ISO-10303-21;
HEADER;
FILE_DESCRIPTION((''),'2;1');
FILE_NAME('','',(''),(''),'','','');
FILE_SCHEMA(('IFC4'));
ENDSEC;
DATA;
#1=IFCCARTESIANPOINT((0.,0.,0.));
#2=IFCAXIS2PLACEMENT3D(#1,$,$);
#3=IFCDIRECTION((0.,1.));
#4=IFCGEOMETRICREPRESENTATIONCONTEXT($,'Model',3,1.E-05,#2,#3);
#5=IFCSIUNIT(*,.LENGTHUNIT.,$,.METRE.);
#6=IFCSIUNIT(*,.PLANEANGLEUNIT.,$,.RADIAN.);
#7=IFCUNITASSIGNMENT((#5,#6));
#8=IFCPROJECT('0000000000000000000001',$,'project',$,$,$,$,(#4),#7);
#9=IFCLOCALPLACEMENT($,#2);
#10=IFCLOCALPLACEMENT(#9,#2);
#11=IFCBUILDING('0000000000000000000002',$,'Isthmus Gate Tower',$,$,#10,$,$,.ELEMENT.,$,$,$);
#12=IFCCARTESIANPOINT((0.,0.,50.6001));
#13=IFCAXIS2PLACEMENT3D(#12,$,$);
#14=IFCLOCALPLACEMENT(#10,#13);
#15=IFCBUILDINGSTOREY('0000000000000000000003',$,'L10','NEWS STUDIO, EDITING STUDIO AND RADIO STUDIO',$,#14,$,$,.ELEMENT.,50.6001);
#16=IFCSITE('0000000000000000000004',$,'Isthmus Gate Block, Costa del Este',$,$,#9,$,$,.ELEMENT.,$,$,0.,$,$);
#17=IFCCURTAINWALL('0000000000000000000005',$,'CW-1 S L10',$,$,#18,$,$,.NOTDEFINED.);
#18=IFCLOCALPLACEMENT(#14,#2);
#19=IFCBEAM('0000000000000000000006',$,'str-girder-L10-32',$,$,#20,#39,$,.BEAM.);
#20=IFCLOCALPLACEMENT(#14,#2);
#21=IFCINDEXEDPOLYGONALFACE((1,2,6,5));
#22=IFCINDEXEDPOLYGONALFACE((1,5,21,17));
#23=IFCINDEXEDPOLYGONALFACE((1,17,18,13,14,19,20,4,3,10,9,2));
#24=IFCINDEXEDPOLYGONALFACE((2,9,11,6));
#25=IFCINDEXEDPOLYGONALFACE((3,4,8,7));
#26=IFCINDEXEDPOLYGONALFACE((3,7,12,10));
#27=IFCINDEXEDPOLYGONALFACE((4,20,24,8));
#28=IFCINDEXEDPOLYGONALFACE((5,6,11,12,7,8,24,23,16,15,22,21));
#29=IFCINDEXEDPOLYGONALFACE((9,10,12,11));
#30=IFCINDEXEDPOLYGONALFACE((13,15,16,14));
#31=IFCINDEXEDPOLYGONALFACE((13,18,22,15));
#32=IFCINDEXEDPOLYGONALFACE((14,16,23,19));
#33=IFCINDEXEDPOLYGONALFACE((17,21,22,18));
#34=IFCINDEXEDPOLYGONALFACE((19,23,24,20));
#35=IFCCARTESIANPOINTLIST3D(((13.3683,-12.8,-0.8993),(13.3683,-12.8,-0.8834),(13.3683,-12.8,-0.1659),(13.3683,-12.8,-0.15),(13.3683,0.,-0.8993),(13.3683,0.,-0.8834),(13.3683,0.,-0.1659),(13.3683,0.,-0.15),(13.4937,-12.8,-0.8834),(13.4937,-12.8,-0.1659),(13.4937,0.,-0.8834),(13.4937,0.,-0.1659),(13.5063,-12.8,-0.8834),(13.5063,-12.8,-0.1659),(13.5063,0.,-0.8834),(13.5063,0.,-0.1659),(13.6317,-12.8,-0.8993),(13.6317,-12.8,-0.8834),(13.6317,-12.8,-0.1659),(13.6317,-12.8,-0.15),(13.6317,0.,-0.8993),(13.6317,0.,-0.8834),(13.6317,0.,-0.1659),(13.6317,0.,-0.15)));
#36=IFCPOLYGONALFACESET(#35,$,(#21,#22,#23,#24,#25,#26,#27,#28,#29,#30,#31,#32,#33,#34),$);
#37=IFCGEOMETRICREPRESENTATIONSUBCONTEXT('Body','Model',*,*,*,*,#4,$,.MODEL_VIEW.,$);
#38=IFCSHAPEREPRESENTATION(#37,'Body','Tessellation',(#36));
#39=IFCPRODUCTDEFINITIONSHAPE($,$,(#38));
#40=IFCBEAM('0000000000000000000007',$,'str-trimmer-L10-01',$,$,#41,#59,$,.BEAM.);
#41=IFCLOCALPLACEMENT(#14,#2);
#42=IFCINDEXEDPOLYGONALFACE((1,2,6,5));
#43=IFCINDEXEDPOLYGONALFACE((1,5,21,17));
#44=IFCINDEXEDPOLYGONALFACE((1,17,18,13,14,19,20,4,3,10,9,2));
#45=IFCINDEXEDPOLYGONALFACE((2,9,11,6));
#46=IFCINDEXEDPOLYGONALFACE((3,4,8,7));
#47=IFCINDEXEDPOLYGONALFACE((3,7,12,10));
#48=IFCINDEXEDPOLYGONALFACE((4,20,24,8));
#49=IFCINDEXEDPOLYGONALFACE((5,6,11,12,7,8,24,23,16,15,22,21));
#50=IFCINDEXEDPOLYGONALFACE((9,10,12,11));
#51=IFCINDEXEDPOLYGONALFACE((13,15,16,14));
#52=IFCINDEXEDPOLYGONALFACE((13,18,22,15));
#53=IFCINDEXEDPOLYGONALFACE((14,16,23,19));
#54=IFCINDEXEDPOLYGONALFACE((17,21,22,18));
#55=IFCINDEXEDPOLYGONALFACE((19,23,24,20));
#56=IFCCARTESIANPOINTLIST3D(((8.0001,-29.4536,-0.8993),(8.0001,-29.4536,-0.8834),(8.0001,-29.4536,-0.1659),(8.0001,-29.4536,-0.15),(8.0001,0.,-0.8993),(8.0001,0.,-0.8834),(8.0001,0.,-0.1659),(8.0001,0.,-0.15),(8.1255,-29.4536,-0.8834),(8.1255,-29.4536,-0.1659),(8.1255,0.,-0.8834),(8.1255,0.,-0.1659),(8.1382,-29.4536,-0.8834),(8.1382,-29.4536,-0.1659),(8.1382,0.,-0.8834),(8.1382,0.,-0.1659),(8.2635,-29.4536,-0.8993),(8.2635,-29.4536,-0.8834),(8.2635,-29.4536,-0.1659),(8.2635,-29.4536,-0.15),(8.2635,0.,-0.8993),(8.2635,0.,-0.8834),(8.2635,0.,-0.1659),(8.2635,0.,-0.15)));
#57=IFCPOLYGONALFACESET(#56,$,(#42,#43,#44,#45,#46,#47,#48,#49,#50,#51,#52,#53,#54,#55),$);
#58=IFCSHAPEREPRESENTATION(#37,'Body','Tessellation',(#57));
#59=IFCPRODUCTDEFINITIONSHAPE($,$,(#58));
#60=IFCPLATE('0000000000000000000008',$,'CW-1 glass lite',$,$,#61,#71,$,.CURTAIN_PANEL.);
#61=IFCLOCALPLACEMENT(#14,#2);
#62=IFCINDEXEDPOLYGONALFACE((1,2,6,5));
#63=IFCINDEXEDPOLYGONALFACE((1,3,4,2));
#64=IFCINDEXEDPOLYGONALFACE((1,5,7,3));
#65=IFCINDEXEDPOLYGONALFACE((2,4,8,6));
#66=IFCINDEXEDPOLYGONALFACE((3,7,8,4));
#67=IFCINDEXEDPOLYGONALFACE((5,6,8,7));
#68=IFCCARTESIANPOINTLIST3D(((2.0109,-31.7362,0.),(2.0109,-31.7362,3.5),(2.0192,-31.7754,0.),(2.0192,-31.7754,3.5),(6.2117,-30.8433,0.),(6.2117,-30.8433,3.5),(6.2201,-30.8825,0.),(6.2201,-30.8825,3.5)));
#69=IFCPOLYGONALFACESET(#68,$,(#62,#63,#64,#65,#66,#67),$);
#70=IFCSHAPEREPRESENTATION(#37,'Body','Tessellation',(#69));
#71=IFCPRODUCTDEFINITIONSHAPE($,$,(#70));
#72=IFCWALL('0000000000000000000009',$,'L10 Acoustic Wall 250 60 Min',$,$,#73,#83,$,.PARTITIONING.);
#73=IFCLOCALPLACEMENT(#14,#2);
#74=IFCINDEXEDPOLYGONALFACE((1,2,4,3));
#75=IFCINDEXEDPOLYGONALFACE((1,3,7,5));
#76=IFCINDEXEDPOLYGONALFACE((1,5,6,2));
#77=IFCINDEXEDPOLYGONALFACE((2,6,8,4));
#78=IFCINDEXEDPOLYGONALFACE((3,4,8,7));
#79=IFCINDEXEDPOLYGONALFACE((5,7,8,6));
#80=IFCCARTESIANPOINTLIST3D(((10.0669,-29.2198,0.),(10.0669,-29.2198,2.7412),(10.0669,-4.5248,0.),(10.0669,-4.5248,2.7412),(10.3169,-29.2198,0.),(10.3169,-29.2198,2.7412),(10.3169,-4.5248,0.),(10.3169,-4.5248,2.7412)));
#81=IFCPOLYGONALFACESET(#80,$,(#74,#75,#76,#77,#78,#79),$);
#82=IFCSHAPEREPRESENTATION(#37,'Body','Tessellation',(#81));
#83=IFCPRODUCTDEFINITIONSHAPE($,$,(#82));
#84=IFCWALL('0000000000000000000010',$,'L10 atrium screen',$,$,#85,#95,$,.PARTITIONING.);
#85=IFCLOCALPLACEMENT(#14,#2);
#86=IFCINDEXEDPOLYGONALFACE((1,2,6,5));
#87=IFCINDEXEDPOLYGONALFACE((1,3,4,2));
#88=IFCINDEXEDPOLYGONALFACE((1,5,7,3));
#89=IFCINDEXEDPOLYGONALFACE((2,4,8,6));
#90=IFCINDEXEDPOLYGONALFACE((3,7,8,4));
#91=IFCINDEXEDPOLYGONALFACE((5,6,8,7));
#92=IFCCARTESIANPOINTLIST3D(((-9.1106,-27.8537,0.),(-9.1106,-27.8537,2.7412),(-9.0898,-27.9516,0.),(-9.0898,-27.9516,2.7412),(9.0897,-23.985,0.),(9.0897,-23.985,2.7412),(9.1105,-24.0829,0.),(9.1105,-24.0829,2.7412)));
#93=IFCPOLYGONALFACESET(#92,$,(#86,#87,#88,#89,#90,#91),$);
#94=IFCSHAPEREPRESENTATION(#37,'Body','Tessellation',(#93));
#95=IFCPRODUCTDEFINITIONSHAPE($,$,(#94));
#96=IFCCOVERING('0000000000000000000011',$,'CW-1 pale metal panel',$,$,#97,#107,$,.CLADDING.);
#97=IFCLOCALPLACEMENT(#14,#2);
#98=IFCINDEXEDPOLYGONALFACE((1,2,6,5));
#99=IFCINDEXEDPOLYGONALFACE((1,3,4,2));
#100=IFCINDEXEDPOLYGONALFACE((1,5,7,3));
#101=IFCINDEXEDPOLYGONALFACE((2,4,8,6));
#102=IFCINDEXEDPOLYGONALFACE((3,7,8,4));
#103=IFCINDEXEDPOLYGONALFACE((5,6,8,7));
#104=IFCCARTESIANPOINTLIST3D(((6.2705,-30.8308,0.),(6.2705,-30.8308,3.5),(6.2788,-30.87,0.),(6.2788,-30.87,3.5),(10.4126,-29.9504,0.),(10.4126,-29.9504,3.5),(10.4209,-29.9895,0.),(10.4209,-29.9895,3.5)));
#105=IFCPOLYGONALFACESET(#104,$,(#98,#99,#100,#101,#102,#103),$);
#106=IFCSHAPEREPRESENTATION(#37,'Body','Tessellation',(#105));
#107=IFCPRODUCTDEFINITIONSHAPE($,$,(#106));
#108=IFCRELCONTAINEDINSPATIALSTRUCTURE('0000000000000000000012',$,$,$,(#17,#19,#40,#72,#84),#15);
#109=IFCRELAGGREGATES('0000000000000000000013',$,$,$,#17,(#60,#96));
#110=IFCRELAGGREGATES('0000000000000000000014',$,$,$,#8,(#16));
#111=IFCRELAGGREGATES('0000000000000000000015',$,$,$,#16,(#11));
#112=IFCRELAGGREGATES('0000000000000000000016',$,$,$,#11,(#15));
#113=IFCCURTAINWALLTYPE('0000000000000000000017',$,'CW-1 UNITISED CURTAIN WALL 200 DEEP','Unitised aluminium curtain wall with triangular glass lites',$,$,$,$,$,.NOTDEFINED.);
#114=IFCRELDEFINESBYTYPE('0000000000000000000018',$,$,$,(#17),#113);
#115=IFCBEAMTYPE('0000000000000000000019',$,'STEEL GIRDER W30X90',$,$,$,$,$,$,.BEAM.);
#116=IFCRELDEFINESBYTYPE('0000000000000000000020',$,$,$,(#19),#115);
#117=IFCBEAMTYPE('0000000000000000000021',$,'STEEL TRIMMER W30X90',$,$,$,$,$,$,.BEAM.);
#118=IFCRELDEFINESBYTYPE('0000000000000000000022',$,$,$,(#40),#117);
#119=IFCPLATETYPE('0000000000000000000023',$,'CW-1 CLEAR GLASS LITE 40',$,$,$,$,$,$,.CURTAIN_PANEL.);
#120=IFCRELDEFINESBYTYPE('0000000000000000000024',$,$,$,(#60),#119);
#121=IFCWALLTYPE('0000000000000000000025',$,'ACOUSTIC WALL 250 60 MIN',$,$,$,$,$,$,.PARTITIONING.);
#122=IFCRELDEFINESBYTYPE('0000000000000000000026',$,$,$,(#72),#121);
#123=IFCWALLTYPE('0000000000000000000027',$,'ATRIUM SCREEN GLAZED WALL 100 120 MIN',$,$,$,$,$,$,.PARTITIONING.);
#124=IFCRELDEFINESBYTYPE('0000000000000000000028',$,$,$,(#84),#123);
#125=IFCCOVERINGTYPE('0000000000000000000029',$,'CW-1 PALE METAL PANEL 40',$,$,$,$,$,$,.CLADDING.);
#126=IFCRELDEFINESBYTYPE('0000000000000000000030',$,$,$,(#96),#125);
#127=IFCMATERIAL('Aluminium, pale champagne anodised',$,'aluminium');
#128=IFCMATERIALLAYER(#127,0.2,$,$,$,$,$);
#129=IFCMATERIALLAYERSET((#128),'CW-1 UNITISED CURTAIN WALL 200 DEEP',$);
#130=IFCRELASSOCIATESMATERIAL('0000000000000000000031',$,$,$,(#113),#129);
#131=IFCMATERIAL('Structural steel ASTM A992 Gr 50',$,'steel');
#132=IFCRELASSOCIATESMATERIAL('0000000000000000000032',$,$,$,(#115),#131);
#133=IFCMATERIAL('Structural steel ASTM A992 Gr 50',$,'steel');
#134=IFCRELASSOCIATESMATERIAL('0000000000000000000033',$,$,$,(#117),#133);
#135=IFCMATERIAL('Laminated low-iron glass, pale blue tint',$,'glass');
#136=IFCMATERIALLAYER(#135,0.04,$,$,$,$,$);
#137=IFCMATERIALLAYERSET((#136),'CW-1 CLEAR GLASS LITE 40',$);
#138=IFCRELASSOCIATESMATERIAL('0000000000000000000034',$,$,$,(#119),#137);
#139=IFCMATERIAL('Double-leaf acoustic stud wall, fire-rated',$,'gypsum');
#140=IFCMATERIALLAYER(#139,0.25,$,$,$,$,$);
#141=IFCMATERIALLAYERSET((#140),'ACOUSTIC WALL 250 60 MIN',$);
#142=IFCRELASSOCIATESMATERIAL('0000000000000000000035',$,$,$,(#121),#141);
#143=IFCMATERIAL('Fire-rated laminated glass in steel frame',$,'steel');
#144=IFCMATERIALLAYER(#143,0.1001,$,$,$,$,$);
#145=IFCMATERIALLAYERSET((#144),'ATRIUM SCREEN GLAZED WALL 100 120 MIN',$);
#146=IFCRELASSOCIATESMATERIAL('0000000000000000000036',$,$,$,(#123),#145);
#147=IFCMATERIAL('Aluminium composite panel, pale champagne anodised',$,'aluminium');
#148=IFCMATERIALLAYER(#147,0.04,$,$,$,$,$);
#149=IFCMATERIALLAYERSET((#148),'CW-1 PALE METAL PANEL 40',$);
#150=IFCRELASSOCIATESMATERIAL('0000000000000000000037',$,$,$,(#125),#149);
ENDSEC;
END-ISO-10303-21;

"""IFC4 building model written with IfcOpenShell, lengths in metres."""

from ifc_helpers import new_model, si_unit, direction, frame, frame_2d, origin, origin_2d, place, context, subcontext, project, spatial, rectangle, i_section, extrude, material, layer, layer_set, material_profile, profile_set, type_object, element, aggregate, save


model = new_model("IFC4")

# Units and contexts
model_context = context("Model", 3, precision=1e-05, world=origin(), true_north=direction((0.0, 1.0)))
body_context = subcontext(model_context, "Body", "Model", "MODEL_VIEW")
ifc_project = project(units=[si_unit("LENGTHUNIT", "METRE"), si_unit("PLANEANGLEUNIT", "RADIAN")], contexts=[model_context])

# Site, building, storey
site_placement = place(None, origin())
site = spatial("IfcSite", under=ifc_project, at=site_placement, Name="Isthmus Gate Block, Costa del Este", CompositionType="ELEMENT", RefElevation=0.0)
building_placement = place(site_placement, origin())
building = spatial("IfcBuilding", under=site, at=building_placement, Name="Isthmus Gate Tower", CompositionType="ELEMENT")
storey_placement = place(building_placement, frame((0.0, 0.0, 50.6001)))
storey = spatial("IfcBuildingStorey", under=building, at=storey_placement, Name="L10", Description="NEWS STUDIO, EDITING STUDIO AND RADIO STUDIO", CompositionType="ELEMENT", Elevation=50.6001)

# Curtain wall
ifc_material_1 = material(Name="Aluminium, pale champagne anodised", Category="aluminium")
ifc_layer_1 = layer(ifc_material_1, 0.2)
ifc_layer_set_1 = layer_set([ifc_layer_1], Name="CW-1 UNITISED CURTAIN WALL 200 DEEP")
curtain_wall_type = type_object("IfcCurtainWallType", Name="CW-1 UNITISED CURTAIN WALL 200 DEEP", Description="Unitised aluminium curtain wall with triangular glass lites", PredefinedType="NOTDEFINED", material=ifc_layer_set_1)
curtain_wall_placement = place(storey_placement, origin())
curtain_wall = element("IfcCurtainWall", 1, at=curtain_wall_placement, inside=storey, type_object=curtain_wall_type, Name="CW-1 S L10", PredefinedType="NOTDEFINED")

# Beams
ifc_material_2 = material(Name="Structural steel ASTM A992 Gr 50", Category="steel")
ifc_material_profile_1 = material_profile(ifc_material_2, i_section(OverallWidth=0.2634, OverallDepth=0.7493, WebThickness=0.0127, FlangeThickness=0.0159, at=origin_2d()), Name="W30X90")
ifc_profile_set_1 = profile_set([ifc_material_profile_1], Name="Structural steel ASTM A992 Gr 50")
beam_type_1 = type_object("IfcBeamType", Name="STEEL GIRDER W30X90", PredefinedType="BEAM", material=ifc_profile_set_1)
beam_1_placement = place(storey_placement, frame((13.5, -12.8, -0.5247), z_axis=(0.0, 1.0, 0.0), x_axis=(-1.0, 0.0, 0.0)))
element("IfcBeam", 2, at=beam_1_placement, inside=storey, type_object=beam_type_1, Name="str-girder-L10-32", PredefinedType="BEAM", context=body_context, shape_type="SweptSolid", body=[
    extrude(i_section(OverallWidth=0.2634, OverallDepth=0.7493, WebThickness=0.0127, FlangeThickness=0.0159, at=origin_2d()), origin(), (0.0, 0.0, 1.0), 12.8),
])
ifc_material_3 = material(Name="Structural steel ASTM A992 Gr 50", Category="steel")
ifc_material_profile_2 = material_profile(ifc_material_3, i_section(OverallWidth=0.2634, OverallDepth=0.7493, WebThickness=0.0127, FlangeThickness=0.0159, at=origin_2d()), Name="W30X90")
ifc_profile_set_2 = profile_set([ifc_material_profile_2], Name="Structural steel ASTM A992 Gr 50")
beam_type_2 = type_object("IfcBeamType", Name="STEEL TRIMMER W30X90", PredefinedType="BEAM", material=ifc_profile_set_2)
beam_2_placement = place(storey_placement, frame((8.1318, -29.4536, -0.5247), z_axis=(0.0, 1.0, 0.0), x_axis=(-1.0, 0.0, 0.0)))
element("IfcBeam", 3, at=beam_2_placement, inside=storey, type_object=beam_type_2, Name="str-trimmer-L10-01", PredefinedType="BEAM", context=body_context, shape_type="SweptSolid", body=[
    extrude(i_section(OverallWidth=0.2634, OverallDepth=0.7493, WebThickness=0.0127, FlangeThickness=0.0159, at=origin_2d()), origin(), (0.0, 0.0, 1.0), 29.4536),
])

# Plate
ifc_material_4 = material(Name="Laminated low-iron glass, pale blue tint", Category="glass")
ifc_layer_2 = layer(ifc_material_4, 0.04)
ifc_layer_set_2 = layer_set([ifc_layer_2], Name="CW-1 CLEAR GLASS LITE 40")
plate_type = type_object("IfcPlateType", Name="CW-1 CLEAR GLASS LITE 40", PredefinedType="CURTAIN_PANEL", material=ifc_layer_set_2)
plate_placement = place(storey_placement, frame((4.1155, -31.3093, 0.0), z_axis=(0.0, 0.0, 1.0), x_axis=(0.978148, 0.207912, 0.0)))
plate = element("IfcPlate", 4, at=plate_placement, type_object=plate_type, Name="CW-1 glass lite", PredefinedType="CURTAIN_PANEL", context=body_context, shape_type="SweptSolid", body=[
    extrude(rectangle(XDim=4.2947, YDim=0.04, at=origin_2d()), origin(), (0.0, 0.0, 1.0), 3.5),
])

# Walls
ifc_material_5 = material(Name="Double-leaf acoustic stud wall, fire-rated", Category="gypsum")
ifc_layer_3 = layer(ifc_material_5, 0.25)
ifc_layer_set_3 = layer_set([ifc_layer_3], Name="ACOUSTIC WALL 250 60 MIN")
wall_type_1 = type_object("IfcWallType", Name="ACOUSTIC WALL 250 60 MIN", PredefinedType="PARTITIONING", material=ifc_layer_set_3)
wall_1_placement = place(storey_placement, frame((10.1919, -29.22, 0.0), z_axis=(0.0, 0.0, 1.0), x_axis=(0.0, 1.0, 0.0)))
element("IfcWall", 5, at=wall_1_placement, inside=storey, type_object=wall_type_1, Name="L10 Acoustic Wall 250 60 Min", PredefinedType="PARTITIONING", context=body_context, shape_type="SweptSolid", body=[
    extrude(rectangle(XDim=24.6951, YDim=0.25, at=frame_2d((12.3477, 0.0))), origin(), (0.0, 0.0, 1.0), 2.7412),
])
ifc_material_6 = material(Name="Fire-rated laminated glass in steel frame", Category="steel")
ifc_layer_4 = layer(ifc_material_6, 0.1001)
ifc_layer_set_4 = layer_set([ifc_layer_4], Name="ATRIUM SCREEN GLAZED WALL 100 120 MIN")
wall_type_2 = type_object("IfcWallType", Name="ATRIUM SCREEN GLAZED WALL 100 120 MIN", PredefinedType="PARTITIONING", material=ifc_layer_set_4)
wall_2_placement = place(storey_placement, frame((9.1001, -24.0339, 0.0), z_axis=(0.0, 0.0, 1.0), x_axis=(-0.978147, -0.207916, 0.0)))
element("IfcWall", 6, at=wall_2_placement, inside=storey, type_object=wall_type_2, Name="L10 atrium screen", PredefinedType="PARTITIONING", context=body_context, shape_type="SweptSolid", body=[
    extrude(rectangle(XDim=18.6069, YDim=0.1001, at=frame_2d((9.3035, 0.0))), origin(), (0.0, 0.0, 1.0), 2.7412),
])

# Covering
ifc_material_7 = material(Name="Aluminium composite panel, pale champagne anodised", Category="aluminium")
ifc_layer_5 = layer(ifc_material_7, 0.04)
ifc_layer_set_5 = layer_set([ifc_layer_5], Name="CW-1 PALE METAL PANEL 40")
covering_type = type_object("IfcCoveringType", Name="CW-1 PALE METAL PANEL 40", PredefinedType="CLADDING", material=ifc_layer_set_5)
covering_placement = place(storey_placement, frame((8.3457, -30.4102, 0.0), z_axis=(0.0, 0.0, 1.0), x_axis=(0.978148, 0.207912, 0.0)))
covering = element("IfcCovering", 7, at=covering_placement, type_object=covering_type, Name="CW-1 pale metal panel", PredefinedType="CLADDING", context=body_context, shape_type="SweptSolid", body=[
    extrude(rectangle(XDim=4.2346, YDim=0.04, at=origin_2d()), origin(), (0.0, 0.0, 1.0), 3.5),
])
aggregate(curtain_wall, [plate, covering])

save(model, "model.ifc")
